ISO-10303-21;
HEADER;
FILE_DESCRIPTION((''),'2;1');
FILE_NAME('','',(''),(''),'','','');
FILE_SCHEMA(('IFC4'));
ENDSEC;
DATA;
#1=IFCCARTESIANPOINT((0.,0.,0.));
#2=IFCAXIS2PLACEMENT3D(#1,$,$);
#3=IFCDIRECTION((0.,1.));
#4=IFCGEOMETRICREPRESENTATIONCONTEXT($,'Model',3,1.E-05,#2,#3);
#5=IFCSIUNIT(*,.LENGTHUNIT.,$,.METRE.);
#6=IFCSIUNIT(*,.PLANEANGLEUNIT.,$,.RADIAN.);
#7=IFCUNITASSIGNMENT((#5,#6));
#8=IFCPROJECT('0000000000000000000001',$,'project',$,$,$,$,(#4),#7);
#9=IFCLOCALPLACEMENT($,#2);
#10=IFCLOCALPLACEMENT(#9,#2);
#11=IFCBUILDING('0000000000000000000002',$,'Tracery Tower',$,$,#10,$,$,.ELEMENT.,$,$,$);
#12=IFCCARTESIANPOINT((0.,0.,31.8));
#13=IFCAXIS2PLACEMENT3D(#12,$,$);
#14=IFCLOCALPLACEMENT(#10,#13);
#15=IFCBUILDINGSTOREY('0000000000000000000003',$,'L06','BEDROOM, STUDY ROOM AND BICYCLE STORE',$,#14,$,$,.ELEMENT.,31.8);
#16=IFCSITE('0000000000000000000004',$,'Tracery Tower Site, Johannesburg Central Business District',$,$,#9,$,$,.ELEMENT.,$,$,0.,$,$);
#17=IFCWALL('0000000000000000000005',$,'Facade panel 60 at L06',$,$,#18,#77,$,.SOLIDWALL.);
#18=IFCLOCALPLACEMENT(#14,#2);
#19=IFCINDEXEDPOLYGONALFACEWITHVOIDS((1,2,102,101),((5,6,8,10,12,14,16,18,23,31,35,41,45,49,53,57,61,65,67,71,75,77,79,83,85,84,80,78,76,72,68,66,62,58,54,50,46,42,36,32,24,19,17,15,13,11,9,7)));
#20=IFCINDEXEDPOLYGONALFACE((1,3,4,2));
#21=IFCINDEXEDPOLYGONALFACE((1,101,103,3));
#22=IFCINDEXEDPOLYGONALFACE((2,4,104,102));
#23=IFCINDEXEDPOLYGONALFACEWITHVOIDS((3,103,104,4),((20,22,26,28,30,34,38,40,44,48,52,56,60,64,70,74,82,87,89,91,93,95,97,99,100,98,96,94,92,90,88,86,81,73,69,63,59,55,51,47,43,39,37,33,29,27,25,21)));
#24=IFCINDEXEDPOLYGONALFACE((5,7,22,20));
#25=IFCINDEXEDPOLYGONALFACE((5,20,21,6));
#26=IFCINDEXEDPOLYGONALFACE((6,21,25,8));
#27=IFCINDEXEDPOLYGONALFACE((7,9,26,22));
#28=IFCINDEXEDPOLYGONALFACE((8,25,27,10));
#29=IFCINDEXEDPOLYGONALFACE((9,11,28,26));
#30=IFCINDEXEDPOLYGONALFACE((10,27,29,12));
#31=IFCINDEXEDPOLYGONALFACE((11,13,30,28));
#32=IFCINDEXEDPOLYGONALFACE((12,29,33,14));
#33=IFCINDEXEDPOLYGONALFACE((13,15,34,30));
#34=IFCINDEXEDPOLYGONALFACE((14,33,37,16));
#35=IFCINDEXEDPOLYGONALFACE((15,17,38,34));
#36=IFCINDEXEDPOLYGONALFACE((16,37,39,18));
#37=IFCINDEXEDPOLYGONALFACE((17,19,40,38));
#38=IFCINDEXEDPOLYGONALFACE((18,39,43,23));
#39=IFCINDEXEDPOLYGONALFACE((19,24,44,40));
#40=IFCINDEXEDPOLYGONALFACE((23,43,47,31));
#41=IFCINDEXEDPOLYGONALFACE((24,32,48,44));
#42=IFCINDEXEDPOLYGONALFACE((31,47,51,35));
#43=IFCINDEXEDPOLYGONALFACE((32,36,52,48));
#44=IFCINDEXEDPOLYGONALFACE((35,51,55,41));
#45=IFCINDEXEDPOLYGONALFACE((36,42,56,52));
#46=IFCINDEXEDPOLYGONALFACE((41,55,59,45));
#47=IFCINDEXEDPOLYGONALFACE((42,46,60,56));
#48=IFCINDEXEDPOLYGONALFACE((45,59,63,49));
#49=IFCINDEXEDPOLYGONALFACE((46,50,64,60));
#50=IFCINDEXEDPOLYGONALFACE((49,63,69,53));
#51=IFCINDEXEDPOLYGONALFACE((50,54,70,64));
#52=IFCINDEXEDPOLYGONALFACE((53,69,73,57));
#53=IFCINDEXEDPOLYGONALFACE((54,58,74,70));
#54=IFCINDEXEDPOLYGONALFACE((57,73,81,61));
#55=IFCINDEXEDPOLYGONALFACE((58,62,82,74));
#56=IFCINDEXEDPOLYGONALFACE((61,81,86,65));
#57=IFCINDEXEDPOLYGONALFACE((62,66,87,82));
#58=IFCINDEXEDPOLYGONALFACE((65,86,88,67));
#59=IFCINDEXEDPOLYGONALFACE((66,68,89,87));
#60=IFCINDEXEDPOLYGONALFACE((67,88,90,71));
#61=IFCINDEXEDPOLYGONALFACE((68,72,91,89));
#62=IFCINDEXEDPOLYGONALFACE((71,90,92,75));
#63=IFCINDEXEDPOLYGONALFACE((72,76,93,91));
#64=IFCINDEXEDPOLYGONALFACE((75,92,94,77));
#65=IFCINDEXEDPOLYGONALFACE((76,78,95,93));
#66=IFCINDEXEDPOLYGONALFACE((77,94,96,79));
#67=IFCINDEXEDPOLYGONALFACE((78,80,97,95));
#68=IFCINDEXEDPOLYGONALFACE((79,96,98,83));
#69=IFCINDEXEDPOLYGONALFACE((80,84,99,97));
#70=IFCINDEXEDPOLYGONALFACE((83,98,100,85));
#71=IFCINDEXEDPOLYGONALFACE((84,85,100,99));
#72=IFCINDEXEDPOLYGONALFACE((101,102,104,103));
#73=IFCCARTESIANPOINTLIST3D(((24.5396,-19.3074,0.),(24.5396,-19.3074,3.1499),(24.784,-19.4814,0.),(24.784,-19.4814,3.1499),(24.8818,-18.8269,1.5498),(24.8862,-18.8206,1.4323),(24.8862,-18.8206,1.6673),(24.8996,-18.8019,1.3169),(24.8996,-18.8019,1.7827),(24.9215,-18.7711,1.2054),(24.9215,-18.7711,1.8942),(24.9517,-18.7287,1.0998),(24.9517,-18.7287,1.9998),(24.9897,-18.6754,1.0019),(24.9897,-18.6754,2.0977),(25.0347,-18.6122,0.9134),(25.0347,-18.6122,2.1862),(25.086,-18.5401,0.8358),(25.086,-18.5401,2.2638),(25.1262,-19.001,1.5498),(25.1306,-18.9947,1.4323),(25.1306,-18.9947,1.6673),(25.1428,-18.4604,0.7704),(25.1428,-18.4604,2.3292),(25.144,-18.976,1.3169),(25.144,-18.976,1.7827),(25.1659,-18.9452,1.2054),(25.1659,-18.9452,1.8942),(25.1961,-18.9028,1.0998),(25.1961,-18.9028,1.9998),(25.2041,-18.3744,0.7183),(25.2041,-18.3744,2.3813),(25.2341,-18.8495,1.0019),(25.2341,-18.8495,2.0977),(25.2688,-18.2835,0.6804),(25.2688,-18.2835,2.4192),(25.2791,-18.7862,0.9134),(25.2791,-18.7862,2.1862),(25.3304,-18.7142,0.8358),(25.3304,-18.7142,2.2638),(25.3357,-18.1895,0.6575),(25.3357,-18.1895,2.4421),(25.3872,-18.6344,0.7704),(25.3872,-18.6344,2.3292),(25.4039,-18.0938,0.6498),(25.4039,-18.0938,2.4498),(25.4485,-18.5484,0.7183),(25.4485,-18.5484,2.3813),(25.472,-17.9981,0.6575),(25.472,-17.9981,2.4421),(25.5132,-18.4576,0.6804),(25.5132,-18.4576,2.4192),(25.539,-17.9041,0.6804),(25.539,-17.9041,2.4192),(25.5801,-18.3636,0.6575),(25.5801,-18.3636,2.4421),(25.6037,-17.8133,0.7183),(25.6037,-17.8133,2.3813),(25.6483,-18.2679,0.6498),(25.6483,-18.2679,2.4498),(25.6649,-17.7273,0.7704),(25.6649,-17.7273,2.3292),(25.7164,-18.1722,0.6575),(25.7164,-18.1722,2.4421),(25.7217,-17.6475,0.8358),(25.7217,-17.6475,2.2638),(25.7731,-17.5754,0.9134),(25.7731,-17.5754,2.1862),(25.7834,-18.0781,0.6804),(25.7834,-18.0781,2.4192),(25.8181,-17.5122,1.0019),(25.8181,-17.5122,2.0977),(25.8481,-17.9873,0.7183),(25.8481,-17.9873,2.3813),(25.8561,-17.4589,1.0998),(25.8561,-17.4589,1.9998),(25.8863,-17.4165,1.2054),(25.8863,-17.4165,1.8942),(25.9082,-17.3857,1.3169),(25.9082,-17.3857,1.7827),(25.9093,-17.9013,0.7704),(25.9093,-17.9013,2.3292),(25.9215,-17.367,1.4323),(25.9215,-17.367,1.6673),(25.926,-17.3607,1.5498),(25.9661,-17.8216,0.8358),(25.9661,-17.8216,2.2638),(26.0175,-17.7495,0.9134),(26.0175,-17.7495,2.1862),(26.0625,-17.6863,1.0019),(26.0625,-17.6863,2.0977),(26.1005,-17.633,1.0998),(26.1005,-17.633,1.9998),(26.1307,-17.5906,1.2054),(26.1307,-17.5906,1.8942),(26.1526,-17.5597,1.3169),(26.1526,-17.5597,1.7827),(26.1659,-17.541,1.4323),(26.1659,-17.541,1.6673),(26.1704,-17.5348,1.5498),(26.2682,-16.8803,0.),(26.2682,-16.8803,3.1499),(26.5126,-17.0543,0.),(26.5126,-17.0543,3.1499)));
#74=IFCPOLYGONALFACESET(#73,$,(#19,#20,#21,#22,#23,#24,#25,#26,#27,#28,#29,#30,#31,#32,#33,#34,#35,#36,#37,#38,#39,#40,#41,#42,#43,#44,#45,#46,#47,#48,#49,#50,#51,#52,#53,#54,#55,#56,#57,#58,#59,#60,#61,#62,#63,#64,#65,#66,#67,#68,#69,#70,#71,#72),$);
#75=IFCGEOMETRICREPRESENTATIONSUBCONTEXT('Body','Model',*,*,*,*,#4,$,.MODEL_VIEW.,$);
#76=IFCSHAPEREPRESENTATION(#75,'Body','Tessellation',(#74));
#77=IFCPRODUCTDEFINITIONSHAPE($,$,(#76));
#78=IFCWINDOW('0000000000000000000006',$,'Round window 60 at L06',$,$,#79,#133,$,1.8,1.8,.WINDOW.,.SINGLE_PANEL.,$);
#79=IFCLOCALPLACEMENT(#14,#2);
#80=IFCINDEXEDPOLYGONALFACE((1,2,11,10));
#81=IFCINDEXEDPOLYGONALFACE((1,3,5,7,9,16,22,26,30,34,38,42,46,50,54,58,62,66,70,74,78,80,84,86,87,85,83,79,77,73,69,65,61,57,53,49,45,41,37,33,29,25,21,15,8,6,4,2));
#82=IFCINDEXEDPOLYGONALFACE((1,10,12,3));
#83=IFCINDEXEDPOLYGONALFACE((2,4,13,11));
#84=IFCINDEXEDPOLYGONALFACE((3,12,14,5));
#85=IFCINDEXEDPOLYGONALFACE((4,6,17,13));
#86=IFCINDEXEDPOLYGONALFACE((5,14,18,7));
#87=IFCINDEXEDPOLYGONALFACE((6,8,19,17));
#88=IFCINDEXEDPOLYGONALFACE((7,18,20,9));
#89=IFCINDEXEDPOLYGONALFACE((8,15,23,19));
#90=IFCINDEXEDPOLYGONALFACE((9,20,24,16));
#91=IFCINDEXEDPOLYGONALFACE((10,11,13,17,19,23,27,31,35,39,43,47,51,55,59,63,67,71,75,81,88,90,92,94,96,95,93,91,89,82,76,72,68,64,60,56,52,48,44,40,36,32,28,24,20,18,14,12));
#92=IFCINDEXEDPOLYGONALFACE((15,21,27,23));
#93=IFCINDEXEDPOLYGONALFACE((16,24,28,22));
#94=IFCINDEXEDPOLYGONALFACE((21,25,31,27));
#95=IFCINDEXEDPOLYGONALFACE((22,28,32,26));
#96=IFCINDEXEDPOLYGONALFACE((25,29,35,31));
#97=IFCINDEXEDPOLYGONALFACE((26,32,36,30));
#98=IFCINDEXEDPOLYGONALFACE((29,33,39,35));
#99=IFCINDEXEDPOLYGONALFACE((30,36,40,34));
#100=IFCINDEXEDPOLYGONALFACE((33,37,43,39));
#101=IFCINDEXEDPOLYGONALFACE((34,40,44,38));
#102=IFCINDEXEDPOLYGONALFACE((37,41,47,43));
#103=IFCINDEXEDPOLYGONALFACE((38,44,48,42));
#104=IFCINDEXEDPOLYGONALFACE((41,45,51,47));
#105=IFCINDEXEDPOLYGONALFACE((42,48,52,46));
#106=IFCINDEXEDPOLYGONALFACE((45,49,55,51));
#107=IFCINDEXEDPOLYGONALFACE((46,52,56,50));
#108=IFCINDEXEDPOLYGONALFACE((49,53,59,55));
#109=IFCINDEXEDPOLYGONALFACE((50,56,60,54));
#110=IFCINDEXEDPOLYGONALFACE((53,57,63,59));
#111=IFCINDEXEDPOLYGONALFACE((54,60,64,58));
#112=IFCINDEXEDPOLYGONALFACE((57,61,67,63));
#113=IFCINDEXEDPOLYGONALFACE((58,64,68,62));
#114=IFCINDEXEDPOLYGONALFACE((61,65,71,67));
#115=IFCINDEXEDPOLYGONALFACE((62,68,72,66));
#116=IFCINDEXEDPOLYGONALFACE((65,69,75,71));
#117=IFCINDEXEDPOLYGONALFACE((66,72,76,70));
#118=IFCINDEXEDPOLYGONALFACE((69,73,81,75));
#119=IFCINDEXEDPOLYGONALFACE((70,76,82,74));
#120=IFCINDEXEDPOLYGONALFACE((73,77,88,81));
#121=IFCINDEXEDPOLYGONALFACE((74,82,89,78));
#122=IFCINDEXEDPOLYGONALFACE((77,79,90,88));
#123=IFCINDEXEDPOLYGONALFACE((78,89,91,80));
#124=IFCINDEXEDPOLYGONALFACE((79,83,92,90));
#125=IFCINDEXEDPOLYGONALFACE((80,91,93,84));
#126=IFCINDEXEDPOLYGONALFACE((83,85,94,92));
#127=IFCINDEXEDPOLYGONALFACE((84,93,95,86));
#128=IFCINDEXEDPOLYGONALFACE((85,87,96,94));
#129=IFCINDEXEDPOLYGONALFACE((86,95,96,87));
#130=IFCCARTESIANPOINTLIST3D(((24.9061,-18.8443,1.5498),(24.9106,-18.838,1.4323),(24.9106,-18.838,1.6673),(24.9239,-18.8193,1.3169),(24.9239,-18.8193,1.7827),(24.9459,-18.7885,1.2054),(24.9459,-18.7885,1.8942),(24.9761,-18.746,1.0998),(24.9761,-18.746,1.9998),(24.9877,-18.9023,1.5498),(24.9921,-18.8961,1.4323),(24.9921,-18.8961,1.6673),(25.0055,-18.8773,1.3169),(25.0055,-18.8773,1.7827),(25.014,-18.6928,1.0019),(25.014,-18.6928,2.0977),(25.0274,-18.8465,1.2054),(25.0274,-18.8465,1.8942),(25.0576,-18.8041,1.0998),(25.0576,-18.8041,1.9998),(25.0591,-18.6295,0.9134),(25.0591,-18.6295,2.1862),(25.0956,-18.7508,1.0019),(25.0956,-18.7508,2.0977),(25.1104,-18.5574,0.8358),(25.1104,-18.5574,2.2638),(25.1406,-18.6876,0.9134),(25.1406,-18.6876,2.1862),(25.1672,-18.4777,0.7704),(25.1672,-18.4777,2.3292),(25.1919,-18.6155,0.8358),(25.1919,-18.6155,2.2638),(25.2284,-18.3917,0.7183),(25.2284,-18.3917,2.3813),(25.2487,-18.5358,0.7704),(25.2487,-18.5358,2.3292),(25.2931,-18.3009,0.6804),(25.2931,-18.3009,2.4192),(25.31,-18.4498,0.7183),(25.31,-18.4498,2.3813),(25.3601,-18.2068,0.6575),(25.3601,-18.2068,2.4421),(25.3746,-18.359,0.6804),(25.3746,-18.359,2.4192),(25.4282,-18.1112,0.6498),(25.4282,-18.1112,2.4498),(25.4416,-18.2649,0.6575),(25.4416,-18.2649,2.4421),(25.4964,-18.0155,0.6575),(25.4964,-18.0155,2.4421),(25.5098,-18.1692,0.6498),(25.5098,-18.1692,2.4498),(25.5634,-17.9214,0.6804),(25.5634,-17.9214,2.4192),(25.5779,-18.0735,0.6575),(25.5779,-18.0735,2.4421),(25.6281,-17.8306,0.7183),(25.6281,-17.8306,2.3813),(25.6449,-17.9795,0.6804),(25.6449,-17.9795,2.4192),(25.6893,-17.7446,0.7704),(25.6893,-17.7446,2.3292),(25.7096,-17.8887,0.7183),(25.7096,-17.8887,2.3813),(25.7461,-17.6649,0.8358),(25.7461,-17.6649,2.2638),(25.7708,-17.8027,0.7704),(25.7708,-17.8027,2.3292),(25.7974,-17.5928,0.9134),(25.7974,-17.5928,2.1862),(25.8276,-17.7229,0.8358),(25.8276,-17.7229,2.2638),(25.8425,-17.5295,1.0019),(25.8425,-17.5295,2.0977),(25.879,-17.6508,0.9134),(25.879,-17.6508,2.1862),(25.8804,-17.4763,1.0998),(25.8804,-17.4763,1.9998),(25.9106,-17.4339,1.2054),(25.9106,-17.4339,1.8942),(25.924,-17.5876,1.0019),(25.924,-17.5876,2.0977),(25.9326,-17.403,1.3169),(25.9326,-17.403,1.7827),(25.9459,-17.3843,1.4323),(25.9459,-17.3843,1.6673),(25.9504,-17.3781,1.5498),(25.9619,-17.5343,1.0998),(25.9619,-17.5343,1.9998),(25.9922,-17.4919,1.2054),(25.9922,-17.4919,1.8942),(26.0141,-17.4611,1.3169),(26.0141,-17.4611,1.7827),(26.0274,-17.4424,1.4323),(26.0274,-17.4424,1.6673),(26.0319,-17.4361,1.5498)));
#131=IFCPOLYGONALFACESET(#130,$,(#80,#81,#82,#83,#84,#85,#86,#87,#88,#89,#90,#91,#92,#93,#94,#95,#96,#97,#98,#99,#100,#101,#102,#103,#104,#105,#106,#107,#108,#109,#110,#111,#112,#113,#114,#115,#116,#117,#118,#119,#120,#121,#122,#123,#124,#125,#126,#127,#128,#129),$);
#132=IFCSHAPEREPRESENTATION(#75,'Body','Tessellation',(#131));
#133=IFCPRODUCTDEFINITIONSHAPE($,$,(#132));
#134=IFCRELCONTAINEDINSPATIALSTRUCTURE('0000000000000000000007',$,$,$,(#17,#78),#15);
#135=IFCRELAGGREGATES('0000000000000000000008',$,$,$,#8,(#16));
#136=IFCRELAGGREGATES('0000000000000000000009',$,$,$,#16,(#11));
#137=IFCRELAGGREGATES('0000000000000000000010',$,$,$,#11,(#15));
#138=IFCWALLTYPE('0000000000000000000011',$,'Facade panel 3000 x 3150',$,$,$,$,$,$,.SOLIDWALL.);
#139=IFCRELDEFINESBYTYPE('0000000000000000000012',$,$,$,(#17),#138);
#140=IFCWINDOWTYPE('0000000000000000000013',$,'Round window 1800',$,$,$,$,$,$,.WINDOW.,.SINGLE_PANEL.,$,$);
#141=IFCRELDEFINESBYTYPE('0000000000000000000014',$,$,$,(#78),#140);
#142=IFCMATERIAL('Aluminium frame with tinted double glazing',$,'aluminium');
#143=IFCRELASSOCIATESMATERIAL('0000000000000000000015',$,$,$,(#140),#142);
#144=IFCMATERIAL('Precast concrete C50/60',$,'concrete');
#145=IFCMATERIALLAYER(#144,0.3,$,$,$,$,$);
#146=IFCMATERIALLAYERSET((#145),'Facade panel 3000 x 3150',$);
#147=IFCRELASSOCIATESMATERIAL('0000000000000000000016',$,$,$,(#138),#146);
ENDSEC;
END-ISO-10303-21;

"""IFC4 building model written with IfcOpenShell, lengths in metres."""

from ifc_helpers import new_model, si_unit, direction, frame, frame_2d, origin, origin_2d, place, context, subcontext, project, spatial, rectangle, circle, extrude, material, layer, layer_set, type_object, element, fill, save


model = new_model("IFC4")

# Units and contexts
model_context = context("Model", 3, precision=1e-05, world=origin(), true_north=direction((0.0, 1.0)))
body_context = subcontext(model_context, "Body", "Model", "MODEL_VIEW")
ifc_project = project(units=[si_unit("LENGTHUNIT", "METRE"), si_unit("PLANEANGLEUNIT", "RADIAN")], contexts=[model_context])

# Site, building, storey
site_placement = place(None, origin())
site = spatial("IfcSite", under=ifc_project, at=site_placement, Name="Tracery Tower Site, Johannesburg Central Business District", CompositionType="ELEMENT", RefElevation=0.0)
building_placement = place(site_placement, origin())
building = spatial("IfcBuilding", under=site, at=building_placement, Name="Tracery Tower", CompositionType="ELEMENT")
storey_placement = place(building_placement, frame((0.0, 0.0, 31.8)))
storey = spatial("IfcBuildingStorey", under=building, at=storey_placement, Name="L06", Description="BEDROOM, STUDY ROOM AND BICYCLE STORE", CompositionType="ELEMENT", Elevation=31.8)

# Wall, opening, window
ifc_material_1 = material(Name="Aluminium frame with tinted double glazing", Category="aluminium")
window_type = type_object("IfcWindowType", Name="Round window 1800", PartitioningType="SINGLE_PANEL", PredefinedType="WINDOW", material=ifc_material_1)
ifc_material_2 = material(Name="Precast concrete C50/60", Category="concrete")
ifc_layer_1 = layer(ifc_material_2, 0.3)
ifc_layer_set_1 = layer_set([ifc_layer_1], Name="Facade panel 3000 x 3150")
wall_type_1 = type_object("IfcWallType", Name="Facade panel 3000 x 3150", PredefinedType="SOLIDWALL", material=ifc_layer_set_1)
wall_1_placement = place(storey_placement, frame((24.6619, -19.3943, 0.0), z_axis=(0.0, 0.0, 1.0), x_axis=(0.580114, 0.814535, 0.0)))
wall_1 = element("IfcWall", 1, at=wall_1_placement, inside=storey, type_object=wall_type_1, Name="Facade panel 60 at L06", PredefinedType="SOLIDWALL", context=body_context, shape_type="SweptSolid", body=[
    extrude(rectangle(XDim=2.9797, YDim=0.3, at=frame_2d((1.4897, 0.0))), origin(), (0.0, 0.0, 1.0), 3.1499),
])
opening_1_placement = place(wall_1_placement, frame((1.4897, 0.0, 1.5498)))
opening_1 = element("IfcOpeningElement", 2, at=opening_1_placement, cuts=wall_1, PredefinedType="OPENING", context=body_context, shape_type="SweptSolid", body=[
    extrude(circle(Radius=0.9, at=origin_2d()), frame((0.0, 0.1599, 0.0), z_axis=(0.0, -1.0, 0.0), x_axis=(1.0, 0.0, 0.0)), (0.0, 0.0, 1.0), 0.3201),
])
window_1_placement = place(opening_1_placement, origin())
window_1 = element("IfcWindow", 3, at=window_1_placement, inside=storey, type_object=window_type, Name="Round window 60 at L06", OverallHeight=1.8, OverallWidth=1.8, PartitioningType="SINGLE_PANEL", PredefinedType="WINDOW", context=body_context, shape_type="SweptSolid", body=[
    extrude(circle(Radius=0.9, at=origin_2d()), frame((0.0, 0.1201, 0.0), z_axis=(0.0, -1.0, 0.0), x_axis=(1.0, 0.0, 0.0)), (0.0, 0.0, 1.0), 0.1001),
])
fill(opening_1, window_1)

save(model, "model.ifc")
